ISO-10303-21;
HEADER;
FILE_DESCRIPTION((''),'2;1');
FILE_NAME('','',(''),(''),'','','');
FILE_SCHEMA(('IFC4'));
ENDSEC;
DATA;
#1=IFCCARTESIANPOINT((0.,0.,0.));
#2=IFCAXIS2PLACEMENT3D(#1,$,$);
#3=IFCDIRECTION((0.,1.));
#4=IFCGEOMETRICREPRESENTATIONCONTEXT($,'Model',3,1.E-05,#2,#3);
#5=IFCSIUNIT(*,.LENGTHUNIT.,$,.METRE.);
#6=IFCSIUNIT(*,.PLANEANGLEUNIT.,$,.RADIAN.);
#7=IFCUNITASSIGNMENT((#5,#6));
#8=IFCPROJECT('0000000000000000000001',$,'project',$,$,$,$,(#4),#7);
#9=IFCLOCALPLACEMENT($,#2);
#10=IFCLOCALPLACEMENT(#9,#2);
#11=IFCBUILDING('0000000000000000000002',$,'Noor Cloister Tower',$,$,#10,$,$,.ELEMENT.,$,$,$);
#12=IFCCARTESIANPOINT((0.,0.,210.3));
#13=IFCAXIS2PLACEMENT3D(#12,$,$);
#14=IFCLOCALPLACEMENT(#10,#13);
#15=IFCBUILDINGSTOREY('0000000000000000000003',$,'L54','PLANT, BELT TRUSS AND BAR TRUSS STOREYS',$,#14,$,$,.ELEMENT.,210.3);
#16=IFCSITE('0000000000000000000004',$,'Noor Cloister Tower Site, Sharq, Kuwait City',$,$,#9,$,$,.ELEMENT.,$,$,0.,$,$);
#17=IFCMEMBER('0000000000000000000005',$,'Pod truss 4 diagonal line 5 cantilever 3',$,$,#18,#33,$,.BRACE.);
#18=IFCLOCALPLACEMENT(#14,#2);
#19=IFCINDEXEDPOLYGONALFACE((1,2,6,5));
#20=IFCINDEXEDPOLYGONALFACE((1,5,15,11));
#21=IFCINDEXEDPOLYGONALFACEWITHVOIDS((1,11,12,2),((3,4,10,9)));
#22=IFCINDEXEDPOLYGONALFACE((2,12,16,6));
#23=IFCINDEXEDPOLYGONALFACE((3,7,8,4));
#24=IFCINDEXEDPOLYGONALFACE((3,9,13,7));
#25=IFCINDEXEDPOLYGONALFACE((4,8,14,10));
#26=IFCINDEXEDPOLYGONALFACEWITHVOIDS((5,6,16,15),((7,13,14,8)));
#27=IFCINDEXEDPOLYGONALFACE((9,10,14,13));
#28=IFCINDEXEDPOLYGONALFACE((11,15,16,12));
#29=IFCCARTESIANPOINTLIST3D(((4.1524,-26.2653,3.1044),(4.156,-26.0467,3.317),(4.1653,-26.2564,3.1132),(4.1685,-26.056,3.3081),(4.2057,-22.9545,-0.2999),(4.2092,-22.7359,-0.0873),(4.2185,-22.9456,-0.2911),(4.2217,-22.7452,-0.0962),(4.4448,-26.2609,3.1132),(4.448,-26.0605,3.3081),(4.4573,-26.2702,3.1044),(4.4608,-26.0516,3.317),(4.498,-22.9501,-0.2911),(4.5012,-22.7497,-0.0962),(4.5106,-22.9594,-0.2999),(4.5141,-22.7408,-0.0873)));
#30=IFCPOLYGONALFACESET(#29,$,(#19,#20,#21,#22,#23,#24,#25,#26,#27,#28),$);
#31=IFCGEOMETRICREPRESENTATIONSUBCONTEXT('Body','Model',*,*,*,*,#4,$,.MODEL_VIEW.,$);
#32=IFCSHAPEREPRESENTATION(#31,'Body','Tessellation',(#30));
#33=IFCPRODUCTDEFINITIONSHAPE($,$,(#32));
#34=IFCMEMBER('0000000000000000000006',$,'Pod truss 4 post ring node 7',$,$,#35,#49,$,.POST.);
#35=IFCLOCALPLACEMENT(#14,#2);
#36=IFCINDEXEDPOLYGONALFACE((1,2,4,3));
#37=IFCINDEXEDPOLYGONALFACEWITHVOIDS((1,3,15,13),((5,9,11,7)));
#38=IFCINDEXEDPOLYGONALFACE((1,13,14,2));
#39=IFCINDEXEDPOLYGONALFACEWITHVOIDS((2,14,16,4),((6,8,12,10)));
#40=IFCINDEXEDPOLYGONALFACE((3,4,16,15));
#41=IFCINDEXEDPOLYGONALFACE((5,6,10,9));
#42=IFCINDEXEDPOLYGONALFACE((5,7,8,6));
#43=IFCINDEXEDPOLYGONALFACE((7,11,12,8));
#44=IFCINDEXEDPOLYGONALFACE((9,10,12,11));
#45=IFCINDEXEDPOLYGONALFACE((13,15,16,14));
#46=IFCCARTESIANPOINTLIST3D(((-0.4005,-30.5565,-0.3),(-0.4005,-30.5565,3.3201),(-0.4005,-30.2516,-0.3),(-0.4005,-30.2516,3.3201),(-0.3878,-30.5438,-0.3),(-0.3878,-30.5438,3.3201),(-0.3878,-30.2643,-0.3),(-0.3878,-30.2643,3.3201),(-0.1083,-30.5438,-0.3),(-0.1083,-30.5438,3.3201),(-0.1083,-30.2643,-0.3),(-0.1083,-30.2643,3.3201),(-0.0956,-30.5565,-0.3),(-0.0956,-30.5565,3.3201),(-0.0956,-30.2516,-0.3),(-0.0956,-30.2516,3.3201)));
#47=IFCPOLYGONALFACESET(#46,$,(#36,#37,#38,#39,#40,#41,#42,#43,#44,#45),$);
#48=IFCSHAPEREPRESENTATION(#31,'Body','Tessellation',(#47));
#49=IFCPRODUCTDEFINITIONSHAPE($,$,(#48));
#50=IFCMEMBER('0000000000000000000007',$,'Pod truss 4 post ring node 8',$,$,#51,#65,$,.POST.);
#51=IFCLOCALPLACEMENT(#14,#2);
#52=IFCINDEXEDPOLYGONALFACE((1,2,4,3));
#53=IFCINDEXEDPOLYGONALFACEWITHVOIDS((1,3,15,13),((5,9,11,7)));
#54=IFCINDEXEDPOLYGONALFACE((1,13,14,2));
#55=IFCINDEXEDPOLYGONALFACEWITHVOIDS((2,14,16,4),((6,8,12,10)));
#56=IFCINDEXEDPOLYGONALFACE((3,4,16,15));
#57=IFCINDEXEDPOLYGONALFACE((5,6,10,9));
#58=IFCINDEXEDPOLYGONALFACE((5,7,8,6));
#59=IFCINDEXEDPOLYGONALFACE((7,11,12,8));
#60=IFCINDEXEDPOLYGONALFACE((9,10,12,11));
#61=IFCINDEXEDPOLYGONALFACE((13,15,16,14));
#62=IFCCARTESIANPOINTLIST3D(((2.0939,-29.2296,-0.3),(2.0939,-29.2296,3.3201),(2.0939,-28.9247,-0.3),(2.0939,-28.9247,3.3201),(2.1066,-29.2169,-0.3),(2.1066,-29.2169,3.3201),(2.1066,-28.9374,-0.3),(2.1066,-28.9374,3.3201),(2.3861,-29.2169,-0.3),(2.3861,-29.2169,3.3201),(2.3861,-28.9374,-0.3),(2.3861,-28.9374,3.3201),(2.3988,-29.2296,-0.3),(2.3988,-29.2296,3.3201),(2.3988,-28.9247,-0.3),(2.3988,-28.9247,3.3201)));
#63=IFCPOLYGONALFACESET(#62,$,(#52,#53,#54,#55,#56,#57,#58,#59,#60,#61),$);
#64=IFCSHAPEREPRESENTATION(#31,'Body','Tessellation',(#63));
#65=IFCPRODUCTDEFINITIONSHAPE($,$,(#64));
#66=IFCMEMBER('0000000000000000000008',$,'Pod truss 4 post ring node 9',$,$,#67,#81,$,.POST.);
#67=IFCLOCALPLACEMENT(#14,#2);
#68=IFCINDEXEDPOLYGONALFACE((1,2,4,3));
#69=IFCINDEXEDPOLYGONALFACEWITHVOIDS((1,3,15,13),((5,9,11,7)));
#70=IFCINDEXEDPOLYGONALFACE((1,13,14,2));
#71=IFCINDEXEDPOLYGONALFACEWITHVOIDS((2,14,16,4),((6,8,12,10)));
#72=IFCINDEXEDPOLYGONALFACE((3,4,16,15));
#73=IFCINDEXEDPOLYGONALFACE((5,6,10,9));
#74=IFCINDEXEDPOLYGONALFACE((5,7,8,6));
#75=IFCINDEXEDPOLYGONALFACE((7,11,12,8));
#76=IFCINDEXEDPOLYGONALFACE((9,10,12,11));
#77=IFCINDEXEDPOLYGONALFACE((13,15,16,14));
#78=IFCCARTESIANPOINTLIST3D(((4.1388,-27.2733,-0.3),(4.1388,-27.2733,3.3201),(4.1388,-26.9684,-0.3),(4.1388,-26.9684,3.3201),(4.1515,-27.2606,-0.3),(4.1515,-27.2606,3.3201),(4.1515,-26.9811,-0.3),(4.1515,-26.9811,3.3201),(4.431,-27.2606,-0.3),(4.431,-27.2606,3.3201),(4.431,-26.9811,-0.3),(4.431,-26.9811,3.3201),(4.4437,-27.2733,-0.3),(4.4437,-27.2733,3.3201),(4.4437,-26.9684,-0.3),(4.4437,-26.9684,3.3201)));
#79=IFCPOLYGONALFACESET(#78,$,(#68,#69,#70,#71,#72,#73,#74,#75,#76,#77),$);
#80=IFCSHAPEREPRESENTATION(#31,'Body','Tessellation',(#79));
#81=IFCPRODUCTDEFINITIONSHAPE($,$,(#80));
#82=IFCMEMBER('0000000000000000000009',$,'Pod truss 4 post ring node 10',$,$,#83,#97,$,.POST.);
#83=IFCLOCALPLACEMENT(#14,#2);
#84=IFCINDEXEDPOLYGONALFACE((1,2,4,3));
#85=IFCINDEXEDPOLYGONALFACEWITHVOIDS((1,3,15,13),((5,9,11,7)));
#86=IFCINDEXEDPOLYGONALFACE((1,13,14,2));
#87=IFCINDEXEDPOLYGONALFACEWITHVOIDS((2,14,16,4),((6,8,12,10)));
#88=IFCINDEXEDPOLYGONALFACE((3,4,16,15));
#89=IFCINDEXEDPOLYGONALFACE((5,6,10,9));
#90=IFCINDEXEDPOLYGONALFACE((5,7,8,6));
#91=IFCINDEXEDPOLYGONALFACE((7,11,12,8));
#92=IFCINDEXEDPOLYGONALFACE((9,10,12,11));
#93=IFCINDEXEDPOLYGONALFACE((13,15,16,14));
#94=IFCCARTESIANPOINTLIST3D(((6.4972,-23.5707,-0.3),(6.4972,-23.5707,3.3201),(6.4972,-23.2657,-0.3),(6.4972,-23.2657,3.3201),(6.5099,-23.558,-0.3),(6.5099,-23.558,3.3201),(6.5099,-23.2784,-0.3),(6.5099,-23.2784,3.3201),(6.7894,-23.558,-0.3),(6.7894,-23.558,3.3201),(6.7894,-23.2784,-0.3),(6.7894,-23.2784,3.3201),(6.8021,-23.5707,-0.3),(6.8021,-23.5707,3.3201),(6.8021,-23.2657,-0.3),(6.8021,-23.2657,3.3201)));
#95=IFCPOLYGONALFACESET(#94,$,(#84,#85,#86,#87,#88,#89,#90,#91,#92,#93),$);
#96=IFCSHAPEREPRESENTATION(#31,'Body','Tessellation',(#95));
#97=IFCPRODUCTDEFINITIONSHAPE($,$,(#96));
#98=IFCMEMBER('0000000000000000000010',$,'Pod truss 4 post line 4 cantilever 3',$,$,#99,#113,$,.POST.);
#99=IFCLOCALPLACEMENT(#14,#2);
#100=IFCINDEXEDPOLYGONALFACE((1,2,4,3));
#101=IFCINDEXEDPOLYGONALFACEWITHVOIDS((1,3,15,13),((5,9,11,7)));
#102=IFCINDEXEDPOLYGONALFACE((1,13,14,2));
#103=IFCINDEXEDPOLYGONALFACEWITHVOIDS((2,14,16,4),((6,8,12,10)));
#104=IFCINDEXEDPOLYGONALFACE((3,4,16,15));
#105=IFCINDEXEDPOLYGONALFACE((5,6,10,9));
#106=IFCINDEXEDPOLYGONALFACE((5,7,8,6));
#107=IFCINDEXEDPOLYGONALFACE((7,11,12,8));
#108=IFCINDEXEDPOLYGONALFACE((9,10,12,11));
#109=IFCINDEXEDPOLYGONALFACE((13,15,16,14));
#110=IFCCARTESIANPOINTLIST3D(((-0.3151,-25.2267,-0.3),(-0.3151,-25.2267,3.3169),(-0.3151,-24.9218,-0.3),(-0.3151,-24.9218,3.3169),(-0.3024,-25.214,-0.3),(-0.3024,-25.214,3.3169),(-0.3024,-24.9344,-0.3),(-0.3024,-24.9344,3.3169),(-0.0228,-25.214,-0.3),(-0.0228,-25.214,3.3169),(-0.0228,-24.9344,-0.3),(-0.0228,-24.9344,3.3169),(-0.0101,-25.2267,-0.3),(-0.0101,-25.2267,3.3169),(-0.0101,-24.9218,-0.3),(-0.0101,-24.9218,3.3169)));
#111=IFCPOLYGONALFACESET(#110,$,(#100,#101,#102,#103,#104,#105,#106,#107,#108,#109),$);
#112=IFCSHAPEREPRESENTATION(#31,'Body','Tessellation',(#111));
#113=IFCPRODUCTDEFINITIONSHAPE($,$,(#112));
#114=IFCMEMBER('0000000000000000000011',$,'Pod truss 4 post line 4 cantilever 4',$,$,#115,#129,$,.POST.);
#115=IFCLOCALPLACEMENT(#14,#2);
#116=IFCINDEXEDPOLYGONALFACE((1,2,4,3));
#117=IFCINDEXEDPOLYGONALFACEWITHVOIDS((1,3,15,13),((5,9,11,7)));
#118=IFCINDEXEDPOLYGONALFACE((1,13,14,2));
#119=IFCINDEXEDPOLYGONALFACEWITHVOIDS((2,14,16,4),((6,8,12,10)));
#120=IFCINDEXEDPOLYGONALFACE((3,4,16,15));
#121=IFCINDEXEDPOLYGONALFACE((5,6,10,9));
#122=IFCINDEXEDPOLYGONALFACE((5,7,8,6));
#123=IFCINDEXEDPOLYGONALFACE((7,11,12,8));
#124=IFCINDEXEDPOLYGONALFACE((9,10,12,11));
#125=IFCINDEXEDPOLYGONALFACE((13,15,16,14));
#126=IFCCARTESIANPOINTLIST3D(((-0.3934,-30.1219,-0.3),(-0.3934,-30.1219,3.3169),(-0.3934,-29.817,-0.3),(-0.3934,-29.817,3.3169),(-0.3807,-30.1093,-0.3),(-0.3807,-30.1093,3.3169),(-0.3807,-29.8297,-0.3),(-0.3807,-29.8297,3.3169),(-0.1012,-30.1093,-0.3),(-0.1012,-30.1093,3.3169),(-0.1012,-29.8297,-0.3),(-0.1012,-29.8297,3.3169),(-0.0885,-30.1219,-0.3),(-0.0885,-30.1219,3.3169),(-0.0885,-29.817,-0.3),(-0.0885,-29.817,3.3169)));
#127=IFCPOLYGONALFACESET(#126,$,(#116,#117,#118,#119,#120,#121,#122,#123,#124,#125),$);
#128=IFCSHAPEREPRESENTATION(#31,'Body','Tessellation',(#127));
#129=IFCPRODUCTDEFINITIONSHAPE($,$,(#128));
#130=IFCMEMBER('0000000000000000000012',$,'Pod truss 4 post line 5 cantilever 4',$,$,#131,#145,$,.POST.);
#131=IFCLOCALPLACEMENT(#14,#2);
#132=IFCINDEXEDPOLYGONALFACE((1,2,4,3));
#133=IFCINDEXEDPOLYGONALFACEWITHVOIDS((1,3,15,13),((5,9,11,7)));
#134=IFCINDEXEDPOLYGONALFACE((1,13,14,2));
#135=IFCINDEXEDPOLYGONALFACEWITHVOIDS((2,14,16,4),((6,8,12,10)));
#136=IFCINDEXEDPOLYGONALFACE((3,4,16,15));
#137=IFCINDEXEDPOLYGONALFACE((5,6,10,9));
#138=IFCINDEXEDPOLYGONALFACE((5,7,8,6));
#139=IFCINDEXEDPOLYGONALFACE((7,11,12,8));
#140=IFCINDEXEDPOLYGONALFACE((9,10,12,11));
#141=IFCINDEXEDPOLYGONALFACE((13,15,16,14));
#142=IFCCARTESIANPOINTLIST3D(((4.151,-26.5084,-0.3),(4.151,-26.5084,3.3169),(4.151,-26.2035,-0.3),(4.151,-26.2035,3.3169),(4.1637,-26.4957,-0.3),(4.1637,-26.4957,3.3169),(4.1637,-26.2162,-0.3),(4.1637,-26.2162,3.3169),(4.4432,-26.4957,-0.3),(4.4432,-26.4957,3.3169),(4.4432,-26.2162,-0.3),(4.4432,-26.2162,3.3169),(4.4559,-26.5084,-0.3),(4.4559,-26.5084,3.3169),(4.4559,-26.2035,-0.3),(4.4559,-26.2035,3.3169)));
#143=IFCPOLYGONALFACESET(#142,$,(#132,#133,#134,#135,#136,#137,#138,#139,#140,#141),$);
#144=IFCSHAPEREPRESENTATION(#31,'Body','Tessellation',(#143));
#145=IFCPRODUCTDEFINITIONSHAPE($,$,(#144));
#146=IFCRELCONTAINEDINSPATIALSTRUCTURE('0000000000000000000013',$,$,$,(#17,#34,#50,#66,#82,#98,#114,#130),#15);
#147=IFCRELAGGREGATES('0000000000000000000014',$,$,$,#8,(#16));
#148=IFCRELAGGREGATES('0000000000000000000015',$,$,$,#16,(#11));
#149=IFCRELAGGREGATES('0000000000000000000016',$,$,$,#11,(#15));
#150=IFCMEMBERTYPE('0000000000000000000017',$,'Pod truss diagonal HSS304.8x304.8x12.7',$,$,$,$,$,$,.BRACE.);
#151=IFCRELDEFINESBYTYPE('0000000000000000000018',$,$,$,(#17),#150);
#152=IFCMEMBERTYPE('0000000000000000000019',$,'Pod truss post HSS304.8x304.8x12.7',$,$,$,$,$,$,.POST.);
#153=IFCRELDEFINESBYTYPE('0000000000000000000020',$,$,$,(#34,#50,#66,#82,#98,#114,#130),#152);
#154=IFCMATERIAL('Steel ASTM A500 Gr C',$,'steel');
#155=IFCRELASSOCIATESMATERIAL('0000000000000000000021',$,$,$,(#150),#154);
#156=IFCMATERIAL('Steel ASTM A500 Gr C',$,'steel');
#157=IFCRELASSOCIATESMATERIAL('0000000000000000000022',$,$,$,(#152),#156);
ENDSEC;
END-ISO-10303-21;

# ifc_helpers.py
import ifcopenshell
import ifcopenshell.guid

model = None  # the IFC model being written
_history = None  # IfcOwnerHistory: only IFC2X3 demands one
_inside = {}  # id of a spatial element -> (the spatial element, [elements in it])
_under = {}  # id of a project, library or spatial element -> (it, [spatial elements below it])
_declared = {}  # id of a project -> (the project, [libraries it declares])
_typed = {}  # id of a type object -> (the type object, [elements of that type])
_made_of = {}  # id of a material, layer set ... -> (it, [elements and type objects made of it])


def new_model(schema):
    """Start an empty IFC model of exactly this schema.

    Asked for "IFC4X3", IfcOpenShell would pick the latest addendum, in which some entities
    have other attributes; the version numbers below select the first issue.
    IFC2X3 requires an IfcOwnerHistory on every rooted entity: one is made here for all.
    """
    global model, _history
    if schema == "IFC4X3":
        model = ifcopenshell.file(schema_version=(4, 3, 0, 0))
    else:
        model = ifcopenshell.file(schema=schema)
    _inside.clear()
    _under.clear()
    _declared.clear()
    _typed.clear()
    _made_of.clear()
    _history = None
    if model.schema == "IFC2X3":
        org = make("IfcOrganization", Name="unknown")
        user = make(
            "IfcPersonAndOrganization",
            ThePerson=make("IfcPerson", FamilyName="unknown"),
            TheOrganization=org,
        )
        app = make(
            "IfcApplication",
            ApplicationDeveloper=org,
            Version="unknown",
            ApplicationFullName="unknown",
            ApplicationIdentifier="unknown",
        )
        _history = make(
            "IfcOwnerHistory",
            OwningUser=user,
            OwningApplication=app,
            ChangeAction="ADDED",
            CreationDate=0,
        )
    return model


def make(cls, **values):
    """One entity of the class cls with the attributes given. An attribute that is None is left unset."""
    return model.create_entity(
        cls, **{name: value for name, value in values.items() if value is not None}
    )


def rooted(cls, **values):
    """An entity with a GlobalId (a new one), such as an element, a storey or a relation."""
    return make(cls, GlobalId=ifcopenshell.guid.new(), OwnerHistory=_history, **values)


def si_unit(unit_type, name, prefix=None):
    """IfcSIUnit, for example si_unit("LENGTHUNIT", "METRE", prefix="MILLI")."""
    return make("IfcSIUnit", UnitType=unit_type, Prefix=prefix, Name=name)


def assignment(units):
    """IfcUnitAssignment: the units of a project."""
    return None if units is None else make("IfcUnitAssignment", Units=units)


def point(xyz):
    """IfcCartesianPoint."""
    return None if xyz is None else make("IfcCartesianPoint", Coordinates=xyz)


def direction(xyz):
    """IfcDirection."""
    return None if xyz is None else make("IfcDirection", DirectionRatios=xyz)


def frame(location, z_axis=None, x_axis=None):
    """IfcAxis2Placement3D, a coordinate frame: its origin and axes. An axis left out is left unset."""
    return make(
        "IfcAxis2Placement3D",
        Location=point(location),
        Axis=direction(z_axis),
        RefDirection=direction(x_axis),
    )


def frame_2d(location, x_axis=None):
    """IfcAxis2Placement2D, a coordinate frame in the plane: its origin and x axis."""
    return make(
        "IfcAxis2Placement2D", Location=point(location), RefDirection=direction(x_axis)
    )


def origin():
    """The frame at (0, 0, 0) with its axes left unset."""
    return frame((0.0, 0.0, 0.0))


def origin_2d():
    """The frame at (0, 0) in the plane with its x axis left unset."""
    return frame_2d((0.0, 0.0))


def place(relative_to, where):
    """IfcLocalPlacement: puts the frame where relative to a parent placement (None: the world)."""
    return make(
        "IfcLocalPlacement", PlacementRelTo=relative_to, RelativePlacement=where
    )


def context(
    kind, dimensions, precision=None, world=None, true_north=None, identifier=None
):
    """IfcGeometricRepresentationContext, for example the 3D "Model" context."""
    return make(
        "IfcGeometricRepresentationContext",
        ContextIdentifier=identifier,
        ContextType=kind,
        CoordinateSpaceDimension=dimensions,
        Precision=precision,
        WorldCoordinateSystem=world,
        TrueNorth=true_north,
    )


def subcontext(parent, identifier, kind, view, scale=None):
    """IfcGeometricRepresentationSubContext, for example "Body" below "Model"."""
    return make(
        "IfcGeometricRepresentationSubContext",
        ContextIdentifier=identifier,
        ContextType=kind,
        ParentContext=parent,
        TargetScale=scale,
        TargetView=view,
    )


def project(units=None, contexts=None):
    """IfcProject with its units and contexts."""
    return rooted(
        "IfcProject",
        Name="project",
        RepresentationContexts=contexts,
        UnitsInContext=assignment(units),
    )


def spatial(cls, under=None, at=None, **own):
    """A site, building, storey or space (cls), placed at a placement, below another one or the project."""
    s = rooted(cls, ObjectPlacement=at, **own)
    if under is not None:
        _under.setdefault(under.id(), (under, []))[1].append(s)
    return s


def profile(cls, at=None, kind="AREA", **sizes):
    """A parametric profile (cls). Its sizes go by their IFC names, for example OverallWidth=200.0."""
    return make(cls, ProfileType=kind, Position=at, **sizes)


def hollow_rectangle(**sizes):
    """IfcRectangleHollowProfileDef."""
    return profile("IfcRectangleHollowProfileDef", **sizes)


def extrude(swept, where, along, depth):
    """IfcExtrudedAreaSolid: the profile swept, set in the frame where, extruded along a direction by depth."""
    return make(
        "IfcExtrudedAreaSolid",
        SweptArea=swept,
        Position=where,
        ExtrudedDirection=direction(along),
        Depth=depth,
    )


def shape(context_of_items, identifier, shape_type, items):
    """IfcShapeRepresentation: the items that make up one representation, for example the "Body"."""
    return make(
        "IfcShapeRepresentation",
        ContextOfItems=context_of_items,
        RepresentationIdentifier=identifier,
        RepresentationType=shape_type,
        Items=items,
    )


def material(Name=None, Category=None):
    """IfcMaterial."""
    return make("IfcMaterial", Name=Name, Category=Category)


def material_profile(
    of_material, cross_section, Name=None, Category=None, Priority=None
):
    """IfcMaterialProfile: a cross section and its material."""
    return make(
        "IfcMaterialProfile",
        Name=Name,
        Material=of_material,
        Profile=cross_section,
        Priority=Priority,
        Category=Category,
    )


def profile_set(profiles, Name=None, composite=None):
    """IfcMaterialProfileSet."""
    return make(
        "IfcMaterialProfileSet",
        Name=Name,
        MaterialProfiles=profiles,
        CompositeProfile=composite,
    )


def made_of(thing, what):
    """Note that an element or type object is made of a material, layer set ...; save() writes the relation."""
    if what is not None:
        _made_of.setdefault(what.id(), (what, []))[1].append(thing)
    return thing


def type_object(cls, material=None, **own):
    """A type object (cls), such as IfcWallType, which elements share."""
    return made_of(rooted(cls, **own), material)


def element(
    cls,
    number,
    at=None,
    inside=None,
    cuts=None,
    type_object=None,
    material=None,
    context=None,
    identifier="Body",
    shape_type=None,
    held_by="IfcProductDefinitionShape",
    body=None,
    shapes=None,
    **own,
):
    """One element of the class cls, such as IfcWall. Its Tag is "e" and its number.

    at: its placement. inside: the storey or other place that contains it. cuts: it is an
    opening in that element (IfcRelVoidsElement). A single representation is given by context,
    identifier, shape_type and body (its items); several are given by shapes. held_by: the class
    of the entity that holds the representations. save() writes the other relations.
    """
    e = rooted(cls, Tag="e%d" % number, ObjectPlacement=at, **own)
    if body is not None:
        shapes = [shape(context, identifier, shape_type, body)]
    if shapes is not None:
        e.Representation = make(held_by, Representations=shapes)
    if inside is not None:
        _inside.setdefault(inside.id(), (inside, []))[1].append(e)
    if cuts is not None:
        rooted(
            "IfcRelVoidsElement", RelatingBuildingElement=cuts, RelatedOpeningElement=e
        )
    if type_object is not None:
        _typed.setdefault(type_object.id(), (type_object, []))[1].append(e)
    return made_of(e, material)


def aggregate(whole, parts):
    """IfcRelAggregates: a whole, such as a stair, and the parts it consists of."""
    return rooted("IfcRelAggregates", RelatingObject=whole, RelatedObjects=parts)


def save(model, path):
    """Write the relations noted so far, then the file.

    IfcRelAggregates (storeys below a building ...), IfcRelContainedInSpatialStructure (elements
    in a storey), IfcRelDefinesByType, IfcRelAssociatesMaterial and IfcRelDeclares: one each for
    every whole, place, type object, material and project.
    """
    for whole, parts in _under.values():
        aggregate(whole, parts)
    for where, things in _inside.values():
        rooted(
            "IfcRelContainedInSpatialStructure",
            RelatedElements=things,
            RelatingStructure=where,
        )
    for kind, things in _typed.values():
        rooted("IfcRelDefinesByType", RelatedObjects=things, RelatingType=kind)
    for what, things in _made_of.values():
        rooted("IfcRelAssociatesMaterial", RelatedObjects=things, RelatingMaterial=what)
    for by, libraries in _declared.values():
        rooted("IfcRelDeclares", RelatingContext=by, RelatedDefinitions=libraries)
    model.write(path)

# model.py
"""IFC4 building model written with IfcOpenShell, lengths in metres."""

from ifc_helpers import new_model, si_unit, direction, frame, origin, origin_2d, place, context, subcontext, project, spatial, hollow_rectangle, extrude, material, material_profile, profile_set, type_object, element, save


model = new_model("IFC4")

# Units and contexts
model_context = context("Model", 3, precision=1e-05, world=origin(), true_north=direction((0.0, 1.0)))
body_context = subcontext(model_context, "Body", "Model", "MODEL_VIEW")
ifc_project = project(units=[si_unit("LENGTHUNIT", "METRE"), si_unit("PLANEANGLEUNIT", "RADIAN")], contexts=[model_context])

# Site, building, storey
site_placement = place(None, origin())
site = spatial("IfcSite", under=ifc_project, at=site_placement, Name="Noor Cloister Tower Site, Sharq, Kuwait City", CompositionType="ELEMENT", RefElevation=0.0)
building_placement = place(site_placement, origin())
building = spatial("IfcBuilding", under=site, at=building_placement, Name="Noor Cloister Tower", CompositionType="ELEMENT")
storey_placement = place(building_placement, frame((0.0, 0.0, 210.3)))
storey = spatial("IfcBuildingStorey", under=building, at=storey_placement, Name="L54", Description="PLANT, BELT TRUSS AND BAR TRUSS STOREYS", CompositionType="ELEMENT", Elevation=210.3)

# Members
ifc_material_1 = material(Name="Steel ASTM A500 Gr C", Category="steel")
ifc_material_profile_1 = material_profile(ifc_material_1, hollow_rectangle(XDim=0.3049, YDim=0.3049, WallThickness=0.0127, at=origin_2d()), Name="HSS304.8x304.8x12.7")
ifc_profile_set_1 = profile_set([ifc_material_profile_1], Name="Steel ASTM A500 Gr C")
member_type_1 = type_object("IfcMemberType", Name="Pod truss diagonal HSS304.8x304.8x12.7", PredefinedType="BRACE", material=ifc_profile_set_1)
member_1_placement = place(storey_placement, frame((4.3599, -22.8477, -0.1936), z_axis=(-0.011207, -0.697149, 0.716839), x_axis=(0.999871, -0.016073, 0.0)))
element("IfcMember", 1, at=member_1_placement, inside=storey, type_object=member_type_1, Name="Pod truss 4 diagonal line 5 cantilever 3", PredefinedType="BRACE", context=body_context, shape_type="SweptSolid", body=[
    extrude(hollow_rectangle(XDim=0.3049, YDim=0.3049, WallThickness=0.0127, at=origin_2d()), origin(), (0.0, 0.0, 1.0), 4.749),
])
ifc_material_2 = material(Name="Steel ASTM A500 Gr C", Category="steel")
ifc_material_profile_2 = material_profile(ifc_material_2, hollow_rectangle(XDim=0.3049, YDim=0.3049, WallThickness=0.0127, at=origin_2d()), Name="HSS304.8x304.8x12.7")
ifc_profile_set_2 = profile_set([ifc_material_profile_2], Name="Steel ASTM A500 Gr C")
member_type_2 = type_object("IfcMemberType", Name="Pod truss post HSS304.8x304.8x12.7", PredefinedType="POST", material=ifc_profile_set_2)
for number, where, z_axis, x_axis, name in (
    (2, (-0.248, -30.4041, -0.3), (0.0, 0.0, 1.0), (1.0, 0.0, 0.0), "Pod truss 4 post ring node 7"),
    (3, (2.2463, -29.0771, -0.3), (0.0, 0.0, 1.0), (1.0, 0.0, 0.0), "Pod truss 4 post ring node 8"),
    (4, (4.2913, -27.1208, -0.3), (0.0, 0.0, 1.0), (1.0, 0.0, 0.0), "Pod truss 4 post ring node 9"),
    (5, (6.6497, -23.4182, -0.3), (0.0, 0.0, 1.0), (1.0, 0.0, 0.0), "Pod truss 4 post ring node 10"),
):
    element("IfcMember", number, at=place(storey_placement, frame(where, z_axis=z_axis, x_axis=x_axis)), inside=storey, type_object=member_type_2, Name=name, PredefinedType="POST", context=body_context, shape_type="SweptSolid", body=[
        extrude(hollow_rectangle(XDim=0.3049, YDim=0.3049, WallThickness=0.0127, at=origin_2d()), origin(), (0.0, 0.0, 1.0), 3.6201),
    ])
for number, where, z_axis, x_axis, name in (
    (6, (-0.1626, -25.0742, -0.3), (0.0, 0.0, 1.0), (1.0, 0.0, 0.0), "Pod truss 4 post line 4 cantilever 3"),
    (7, (-0.241, -29.9695, -0.3), (0.0, 0.0, 1.0), (1.0, 0.0, 0.0), "Pod truss 4 post line 4 cantilever 4"),
    (8, (4.3035, -26.356, -0.3), (0.0, 0.0, 1.0), (1.0, 0.0, 0.0), "Pod truss 4 post line 5 cantilever 4"),
):
    element("IfcMember", number, at=place(storey_placement, frame(where, z_axis=z_axis, x_axis=x_axis)), inside=storey, type_object=member_type_2, Name=name, PredefinedType="POST", context=body_context, shape_type="SweptSolid", body=[
        extrude(hollow_rectangle(XDim=0.3049, YDim=0.3049, WallThickness=0.0127, at=origin_2d()), origin(), (0.0, 0.0, 1.0), 3.6169),
    ])

save(model, "model.ifc")
